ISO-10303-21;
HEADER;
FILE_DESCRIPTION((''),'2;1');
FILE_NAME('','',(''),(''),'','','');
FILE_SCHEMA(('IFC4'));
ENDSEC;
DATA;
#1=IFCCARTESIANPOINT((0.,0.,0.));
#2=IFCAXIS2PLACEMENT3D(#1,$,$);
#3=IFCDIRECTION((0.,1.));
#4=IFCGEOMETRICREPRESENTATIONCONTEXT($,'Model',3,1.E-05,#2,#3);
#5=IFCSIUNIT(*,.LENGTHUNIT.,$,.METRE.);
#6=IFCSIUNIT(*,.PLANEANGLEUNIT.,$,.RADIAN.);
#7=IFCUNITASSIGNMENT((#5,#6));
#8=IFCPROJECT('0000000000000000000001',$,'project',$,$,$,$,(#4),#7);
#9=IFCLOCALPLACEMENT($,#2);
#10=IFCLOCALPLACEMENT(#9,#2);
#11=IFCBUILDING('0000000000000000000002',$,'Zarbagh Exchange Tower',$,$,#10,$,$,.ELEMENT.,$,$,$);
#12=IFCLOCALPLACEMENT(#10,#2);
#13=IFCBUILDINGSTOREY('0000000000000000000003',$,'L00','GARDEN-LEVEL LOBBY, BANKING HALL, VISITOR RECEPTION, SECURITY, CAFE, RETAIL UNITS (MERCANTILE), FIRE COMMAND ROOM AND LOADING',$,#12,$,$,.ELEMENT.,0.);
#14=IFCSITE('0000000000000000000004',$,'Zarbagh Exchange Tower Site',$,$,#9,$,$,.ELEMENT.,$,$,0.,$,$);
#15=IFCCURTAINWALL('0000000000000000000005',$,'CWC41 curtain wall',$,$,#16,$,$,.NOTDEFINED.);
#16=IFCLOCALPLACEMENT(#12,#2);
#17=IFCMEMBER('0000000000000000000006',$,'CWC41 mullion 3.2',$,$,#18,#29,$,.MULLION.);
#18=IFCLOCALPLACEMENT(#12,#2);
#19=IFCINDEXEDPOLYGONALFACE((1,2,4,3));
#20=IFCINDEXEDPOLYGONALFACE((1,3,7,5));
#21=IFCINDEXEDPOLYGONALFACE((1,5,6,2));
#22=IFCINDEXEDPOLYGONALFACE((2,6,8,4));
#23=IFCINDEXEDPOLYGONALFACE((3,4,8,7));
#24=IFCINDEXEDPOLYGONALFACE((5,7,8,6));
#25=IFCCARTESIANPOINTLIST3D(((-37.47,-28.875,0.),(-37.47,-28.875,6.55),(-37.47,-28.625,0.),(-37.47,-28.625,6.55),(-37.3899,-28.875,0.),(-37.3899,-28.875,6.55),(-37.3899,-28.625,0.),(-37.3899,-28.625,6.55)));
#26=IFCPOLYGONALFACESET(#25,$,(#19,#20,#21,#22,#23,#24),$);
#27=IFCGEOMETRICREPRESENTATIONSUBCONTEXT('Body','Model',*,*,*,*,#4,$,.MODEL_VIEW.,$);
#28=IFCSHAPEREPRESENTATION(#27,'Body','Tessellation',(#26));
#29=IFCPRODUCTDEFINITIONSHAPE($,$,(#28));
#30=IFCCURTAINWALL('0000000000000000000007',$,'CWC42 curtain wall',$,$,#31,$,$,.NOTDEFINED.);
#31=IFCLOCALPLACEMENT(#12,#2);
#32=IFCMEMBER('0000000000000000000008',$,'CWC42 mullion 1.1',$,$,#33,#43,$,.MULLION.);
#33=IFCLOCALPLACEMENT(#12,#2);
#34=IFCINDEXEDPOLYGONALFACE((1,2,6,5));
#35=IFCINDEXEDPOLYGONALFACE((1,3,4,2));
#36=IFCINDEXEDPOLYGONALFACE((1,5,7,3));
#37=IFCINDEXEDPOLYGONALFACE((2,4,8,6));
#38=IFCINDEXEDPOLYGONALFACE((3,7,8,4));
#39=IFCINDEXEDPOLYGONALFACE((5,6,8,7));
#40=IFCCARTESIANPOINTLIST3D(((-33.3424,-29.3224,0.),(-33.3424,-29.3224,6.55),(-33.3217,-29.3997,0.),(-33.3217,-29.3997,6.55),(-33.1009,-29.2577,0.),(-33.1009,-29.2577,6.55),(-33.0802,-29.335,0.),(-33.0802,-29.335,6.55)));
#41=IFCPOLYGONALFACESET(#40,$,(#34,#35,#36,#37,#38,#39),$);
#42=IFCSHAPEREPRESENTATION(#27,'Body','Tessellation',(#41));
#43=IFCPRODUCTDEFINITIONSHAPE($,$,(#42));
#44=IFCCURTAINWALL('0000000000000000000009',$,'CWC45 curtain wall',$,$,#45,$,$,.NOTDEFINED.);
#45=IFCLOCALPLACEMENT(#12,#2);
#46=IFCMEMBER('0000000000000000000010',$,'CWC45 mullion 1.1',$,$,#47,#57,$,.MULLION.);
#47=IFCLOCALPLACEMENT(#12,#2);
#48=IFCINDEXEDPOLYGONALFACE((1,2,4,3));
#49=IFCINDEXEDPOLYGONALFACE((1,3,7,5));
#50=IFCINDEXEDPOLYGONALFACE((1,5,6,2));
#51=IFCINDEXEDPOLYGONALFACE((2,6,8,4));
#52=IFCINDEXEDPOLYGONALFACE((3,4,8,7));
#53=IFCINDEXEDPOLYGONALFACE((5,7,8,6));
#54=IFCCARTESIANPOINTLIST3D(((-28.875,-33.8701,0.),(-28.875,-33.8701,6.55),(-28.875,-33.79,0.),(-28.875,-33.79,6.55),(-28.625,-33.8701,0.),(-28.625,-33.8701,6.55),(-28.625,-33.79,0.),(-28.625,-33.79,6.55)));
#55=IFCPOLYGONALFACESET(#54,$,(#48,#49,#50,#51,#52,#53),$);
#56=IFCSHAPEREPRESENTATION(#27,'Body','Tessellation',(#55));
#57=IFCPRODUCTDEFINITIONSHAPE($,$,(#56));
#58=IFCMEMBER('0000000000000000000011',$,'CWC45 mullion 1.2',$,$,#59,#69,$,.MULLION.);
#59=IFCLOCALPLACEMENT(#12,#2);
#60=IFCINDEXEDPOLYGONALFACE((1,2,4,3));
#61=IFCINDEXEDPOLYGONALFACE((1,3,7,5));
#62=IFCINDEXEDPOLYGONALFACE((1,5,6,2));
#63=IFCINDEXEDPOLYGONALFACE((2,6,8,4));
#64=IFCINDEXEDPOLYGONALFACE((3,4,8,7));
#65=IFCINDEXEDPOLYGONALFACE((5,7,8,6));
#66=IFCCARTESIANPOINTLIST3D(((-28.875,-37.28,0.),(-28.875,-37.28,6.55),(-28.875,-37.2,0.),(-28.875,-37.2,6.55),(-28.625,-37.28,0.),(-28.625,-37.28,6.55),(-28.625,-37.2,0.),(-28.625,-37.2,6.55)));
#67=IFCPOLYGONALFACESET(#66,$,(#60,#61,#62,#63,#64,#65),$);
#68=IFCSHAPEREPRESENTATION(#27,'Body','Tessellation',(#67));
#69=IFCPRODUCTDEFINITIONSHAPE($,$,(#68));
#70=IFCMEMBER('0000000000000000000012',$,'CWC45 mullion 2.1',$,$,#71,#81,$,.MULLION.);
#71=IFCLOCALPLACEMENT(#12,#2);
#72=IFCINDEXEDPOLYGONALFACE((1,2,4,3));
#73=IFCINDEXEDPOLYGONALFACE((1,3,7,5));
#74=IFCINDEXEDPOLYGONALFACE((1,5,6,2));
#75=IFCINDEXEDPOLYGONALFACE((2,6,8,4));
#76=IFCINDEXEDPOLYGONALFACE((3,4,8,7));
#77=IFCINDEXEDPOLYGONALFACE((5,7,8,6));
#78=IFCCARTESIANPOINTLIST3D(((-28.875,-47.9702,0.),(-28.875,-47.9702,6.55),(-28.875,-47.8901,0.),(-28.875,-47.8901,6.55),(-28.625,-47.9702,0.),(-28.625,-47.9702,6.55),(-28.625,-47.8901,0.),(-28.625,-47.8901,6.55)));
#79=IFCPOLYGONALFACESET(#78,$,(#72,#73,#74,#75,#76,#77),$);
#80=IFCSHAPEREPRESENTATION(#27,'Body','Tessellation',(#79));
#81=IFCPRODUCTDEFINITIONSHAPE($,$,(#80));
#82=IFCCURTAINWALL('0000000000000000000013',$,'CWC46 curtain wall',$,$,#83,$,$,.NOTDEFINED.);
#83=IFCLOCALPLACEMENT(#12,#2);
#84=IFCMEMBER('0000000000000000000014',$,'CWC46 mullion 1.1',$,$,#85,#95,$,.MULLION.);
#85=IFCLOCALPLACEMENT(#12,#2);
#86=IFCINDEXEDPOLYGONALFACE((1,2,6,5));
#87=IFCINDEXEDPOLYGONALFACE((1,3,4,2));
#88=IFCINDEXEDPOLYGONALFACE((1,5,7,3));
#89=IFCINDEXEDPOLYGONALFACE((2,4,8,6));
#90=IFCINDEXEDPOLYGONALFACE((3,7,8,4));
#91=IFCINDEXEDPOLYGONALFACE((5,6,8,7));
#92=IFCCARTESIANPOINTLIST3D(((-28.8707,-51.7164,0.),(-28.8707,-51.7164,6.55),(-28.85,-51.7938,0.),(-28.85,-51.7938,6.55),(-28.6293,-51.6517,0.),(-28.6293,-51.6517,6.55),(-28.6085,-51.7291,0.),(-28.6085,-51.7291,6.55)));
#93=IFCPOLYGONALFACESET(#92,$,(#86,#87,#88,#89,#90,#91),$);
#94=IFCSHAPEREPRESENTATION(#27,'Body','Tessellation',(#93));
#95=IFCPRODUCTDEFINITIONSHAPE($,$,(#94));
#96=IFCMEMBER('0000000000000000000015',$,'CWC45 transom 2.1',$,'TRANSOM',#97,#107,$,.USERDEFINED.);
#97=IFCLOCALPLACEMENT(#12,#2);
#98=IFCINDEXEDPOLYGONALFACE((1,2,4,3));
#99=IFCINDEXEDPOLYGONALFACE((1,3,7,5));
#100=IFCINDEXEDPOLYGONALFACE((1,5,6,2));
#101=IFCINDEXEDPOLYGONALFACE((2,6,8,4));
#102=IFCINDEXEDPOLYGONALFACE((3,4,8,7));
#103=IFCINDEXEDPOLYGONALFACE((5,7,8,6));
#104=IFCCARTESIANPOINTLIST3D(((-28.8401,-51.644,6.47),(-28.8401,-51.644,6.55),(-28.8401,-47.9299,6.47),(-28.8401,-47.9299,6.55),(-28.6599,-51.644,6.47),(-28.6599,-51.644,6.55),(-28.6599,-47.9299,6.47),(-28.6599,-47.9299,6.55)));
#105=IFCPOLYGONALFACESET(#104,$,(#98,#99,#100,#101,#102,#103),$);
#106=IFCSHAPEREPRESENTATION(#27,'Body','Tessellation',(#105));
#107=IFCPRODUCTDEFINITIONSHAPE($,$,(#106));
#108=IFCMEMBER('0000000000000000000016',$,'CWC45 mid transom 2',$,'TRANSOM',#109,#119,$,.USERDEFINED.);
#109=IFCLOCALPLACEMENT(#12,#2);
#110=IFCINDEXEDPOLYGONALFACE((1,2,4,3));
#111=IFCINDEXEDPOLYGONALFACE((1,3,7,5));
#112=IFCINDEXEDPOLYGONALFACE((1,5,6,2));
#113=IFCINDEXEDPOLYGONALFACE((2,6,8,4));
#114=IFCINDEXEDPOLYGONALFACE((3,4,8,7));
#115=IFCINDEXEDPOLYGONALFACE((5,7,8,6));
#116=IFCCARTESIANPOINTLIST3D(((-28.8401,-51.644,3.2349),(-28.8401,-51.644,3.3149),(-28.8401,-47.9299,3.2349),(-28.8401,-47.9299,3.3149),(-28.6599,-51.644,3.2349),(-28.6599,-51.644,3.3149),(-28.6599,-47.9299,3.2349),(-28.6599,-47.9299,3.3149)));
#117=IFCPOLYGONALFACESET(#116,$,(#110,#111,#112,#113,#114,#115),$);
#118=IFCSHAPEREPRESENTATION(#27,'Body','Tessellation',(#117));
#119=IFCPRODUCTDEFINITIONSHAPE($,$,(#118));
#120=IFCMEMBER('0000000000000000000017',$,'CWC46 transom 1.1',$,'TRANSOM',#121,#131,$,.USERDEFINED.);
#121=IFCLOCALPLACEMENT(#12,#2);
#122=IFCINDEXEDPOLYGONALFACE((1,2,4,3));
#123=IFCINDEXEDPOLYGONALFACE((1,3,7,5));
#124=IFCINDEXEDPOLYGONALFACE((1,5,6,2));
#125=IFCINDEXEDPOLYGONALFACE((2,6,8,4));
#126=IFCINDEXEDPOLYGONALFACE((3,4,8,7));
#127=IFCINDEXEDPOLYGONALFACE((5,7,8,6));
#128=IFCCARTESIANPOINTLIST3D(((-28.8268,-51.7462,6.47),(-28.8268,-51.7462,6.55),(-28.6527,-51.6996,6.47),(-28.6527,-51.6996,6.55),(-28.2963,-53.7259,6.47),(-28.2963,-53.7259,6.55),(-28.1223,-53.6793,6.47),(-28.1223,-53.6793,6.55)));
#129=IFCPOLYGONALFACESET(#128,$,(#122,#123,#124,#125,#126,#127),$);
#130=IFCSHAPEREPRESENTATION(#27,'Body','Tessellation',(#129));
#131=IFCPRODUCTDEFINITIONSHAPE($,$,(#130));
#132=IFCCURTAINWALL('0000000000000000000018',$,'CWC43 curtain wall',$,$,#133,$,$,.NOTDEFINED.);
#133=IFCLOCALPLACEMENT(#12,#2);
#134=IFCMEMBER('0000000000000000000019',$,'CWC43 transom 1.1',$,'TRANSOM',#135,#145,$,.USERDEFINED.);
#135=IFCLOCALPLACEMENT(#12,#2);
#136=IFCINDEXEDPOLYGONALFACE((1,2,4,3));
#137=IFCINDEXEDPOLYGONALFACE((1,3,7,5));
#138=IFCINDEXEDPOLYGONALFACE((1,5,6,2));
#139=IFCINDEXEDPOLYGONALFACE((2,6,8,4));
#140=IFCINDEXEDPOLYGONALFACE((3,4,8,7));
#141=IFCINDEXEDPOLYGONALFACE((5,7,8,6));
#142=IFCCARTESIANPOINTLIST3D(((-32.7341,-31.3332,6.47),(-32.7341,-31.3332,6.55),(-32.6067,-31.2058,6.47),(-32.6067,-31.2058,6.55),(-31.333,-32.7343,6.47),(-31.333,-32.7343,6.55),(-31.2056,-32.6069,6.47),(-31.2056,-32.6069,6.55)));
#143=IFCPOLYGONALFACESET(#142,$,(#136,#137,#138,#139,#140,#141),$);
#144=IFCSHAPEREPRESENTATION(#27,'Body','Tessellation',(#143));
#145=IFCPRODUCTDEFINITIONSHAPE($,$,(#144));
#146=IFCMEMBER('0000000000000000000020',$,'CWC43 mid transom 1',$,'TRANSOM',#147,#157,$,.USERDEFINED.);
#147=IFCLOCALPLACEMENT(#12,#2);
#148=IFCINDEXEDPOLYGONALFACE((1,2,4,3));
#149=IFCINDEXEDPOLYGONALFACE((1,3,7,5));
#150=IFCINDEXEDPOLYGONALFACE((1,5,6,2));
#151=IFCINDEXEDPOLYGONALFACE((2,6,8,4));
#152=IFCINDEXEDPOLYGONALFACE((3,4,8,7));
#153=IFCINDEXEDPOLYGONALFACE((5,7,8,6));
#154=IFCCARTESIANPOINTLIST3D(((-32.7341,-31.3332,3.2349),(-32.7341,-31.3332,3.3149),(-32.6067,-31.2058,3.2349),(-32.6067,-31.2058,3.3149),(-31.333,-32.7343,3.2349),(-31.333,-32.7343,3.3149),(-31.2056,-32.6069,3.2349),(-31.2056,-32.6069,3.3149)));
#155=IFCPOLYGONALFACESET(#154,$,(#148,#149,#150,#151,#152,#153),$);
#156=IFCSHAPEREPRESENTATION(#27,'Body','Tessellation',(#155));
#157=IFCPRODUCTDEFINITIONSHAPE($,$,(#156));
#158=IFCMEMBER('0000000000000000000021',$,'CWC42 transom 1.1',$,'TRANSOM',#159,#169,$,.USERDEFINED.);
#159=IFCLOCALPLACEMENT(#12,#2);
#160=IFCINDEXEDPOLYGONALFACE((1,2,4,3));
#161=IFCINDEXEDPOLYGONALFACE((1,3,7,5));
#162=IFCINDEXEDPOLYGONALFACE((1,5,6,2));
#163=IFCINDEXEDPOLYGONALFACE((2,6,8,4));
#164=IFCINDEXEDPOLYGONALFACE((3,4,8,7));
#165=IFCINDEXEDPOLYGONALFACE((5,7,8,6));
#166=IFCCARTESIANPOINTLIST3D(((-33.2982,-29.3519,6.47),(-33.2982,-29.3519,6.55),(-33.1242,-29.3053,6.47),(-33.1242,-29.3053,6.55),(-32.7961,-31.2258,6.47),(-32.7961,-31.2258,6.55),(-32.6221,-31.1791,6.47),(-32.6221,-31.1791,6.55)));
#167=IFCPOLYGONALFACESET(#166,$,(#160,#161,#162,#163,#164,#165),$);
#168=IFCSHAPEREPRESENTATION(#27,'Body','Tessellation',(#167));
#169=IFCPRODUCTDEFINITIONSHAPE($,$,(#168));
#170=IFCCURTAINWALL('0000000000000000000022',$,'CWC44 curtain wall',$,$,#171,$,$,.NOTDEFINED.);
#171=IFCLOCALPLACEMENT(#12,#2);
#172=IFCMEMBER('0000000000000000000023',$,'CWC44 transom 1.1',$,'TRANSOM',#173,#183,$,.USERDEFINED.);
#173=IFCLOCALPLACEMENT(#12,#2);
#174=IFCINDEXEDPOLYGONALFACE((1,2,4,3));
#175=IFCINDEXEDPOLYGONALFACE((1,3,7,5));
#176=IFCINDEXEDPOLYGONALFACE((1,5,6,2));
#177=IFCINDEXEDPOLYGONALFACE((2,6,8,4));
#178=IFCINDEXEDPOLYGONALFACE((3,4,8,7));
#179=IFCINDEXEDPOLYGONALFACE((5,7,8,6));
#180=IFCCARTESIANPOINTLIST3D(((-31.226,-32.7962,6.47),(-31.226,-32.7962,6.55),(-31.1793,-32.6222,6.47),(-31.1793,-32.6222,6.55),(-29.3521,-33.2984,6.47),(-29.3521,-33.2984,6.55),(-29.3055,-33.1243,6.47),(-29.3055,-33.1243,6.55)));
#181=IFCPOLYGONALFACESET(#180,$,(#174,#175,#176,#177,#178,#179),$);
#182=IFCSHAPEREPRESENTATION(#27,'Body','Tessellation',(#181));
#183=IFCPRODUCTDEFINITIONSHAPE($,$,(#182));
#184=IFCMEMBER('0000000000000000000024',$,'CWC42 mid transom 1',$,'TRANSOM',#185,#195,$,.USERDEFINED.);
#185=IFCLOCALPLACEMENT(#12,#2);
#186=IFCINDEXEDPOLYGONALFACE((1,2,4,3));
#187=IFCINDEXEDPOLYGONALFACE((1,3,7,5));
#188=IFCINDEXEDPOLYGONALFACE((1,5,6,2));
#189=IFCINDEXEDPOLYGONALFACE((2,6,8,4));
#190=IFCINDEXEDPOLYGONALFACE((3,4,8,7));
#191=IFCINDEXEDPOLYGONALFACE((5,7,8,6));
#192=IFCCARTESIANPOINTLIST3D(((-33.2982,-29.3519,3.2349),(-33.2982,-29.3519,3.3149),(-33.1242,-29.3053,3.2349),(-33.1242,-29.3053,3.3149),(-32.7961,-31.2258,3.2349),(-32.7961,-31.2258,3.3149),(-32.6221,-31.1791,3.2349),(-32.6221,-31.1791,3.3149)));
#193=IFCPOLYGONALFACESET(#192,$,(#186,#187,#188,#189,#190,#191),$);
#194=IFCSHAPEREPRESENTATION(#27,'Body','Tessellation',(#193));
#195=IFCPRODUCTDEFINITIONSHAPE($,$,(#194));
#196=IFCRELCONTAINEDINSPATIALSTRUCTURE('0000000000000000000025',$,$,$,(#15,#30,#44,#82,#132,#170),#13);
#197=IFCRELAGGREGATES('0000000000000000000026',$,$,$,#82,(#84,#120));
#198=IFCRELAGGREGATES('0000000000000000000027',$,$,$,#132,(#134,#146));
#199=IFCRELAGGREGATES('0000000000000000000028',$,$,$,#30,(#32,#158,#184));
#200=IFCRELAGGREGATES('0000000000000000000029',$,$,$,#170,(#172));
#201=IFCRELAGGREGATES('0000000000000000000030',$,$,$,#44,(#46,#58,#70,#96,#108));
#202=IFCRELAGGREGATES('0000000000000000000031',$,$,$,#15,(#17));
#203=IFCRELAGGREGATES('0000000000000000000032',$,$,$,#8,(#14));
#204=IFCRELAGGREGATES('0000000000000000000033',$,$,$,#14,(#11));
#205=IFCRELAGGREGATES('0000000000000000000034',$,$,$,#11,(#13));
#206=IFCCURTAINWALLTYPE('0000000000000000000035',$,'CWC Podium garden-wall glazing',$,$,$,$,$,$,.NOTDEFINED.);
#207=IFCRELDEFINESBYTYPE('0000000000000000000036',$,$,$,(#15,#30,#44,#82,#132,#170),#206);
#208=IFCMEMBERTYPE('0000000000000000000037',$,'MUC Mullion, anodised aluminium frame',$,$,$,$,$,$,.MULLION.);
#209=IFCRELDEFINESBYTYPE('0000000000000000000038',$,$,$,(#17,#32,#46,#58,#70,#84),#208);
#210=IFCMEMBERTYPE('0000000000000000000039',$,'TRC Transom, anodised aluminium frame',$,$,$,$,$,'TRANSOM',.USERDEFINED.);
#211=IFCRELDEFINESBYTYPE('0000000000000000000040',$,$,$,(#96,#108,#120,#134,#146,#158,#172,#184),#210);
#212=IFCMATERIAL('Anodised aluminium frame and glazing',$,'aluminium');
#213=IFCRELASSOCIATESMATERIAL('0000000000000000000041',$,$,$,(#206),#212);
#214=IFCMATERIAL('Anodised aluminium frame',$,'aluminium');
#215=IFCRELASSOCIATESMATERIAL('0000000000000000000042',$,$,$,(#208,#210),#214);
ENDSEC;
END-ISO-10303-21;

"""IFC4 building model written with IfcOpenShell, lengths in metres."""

from ifc_helpers import new_model, si_unit, direction, origin, place, context, subcontext, project, spatial, polyline, outline, extrude, source, transform, mapped, material, type_object, element, aggregate, save


model = new_model("IFC4")

# Units and contexts
model_context = context("Model", 3, precision=1e-05, world=origin(), true_north=direction((0.0, 1.0)))
body_context = subcontext(model_context, "Body", "Model", "MODEL_VIEW")
ifc_project = project(units=[si_unit("LENGTHUNIT", "METRE"), si_unit("PLANEANGLEUNIT", "RADIAN")], contexts=[model_context])

# Site, building, storey
site_placement = place(None, origin())
site = spatial("IfcSite", under=ifc_project, at=site_placement, Name="Zarbagh Exchange Tower Site", CompositionType="ELEMENT", RefElevation=0.0)
building_placement = place(site_placement, origin())
building = spatial("IfcBuilding", under=site, at=building_placement, Name="Zarbagh Exchange Tower", CompositionType="ELEMENT")
storey_placement = place(building_placement, origin())
storey = spatial("IfcBuildingStorey", under=building, at=storey_placement, Name="L00", Description="GARDEN-LEVEL LOBBY, BANKING HALL, VISITOR RECEPTION, SECURITY, CAFE, RETAIL UNITS (MERCANTILE), FIRE COMMAND ROOM AND LOADING", CompositionType="ELEMENT", Elevation=0.0)

# Curtain walls, members
ifc_material_1 = material(Name="Anodised aluminium frame and glazing", Category="aluminium")
curtain_wall_type = type_object("IfcCurtainWallType", Name="CWC Podium garden-wall glazing", PredefinedType="NOTDEFINED", material=ifc_material_1)
curtain_wall_1_placement = place(storey_placement, origin())
curtain_wall_1 = element("IfcCurtainWall", 1, at=curtain_wall_1_placement, inside=storey, type_object=curtain_wall_type, Name="CWC41 curtain wall", PredefinedType="NOTDEFINED")
ifc_material_2 = material(Name="Anodised aluminium frame", Category="aluminium")
member_type_1 = type_object("IfcMemberType", Name="MUC Mullion, anodised aluminium frame", PredefinedType="MULLION", material=ifc_material_2)
shared_shape_1 = source(origin(), body_context, "Body", "SweptSolid", [
    extrude(outline(polyline([(0.0, -0.125), (0.0801, -0.125), (0.0801, 0.125), (0.0, 0.125), (0.0, -0.125)])), origin(), (0.0, 0.0, 1.0), 6.55),
])
placement = place(storey_placement, origin())
member_1 = element("IfcMember", 2, at=placement, type_object=member_type_1, Name="CWC41 mullion 3.2", PredefinedType="MULLION", context=body_context, shape_type="MappedRepresentation", body=[
    mapped(shared_shape_1, transform((-37.47, -28.75, 0.0), x_axis=(1.0, 0.0, 0.0), y_axis=(0.0, 1.0, 0.0), z_axis=(0.0, 0.0, 1.0))),
])
curtain_wall_2_placement = place(storey_placement, origin())
curtain_wall_2 = element("IfcCurtainWall", 3, at=curtain_wall_2_placement, inside=storey, type_object=curtain_wall_type, Name="CWC42 curtain wall", PredefinedType="NOTDEFINED")
member_2 = element("IfcMember", 4, at=placement, type_object=member_type_1, Name="CWC42 mullion 1.1", PredefinedType="MULLION", context=body_context, shape_type="MappedRepresentation", body=[
    mapped(shared_shape_1, transform((-33.2217, -29.29, 0.0), x_axis=(0.258825, -0.965924, 0.0), y_axis=(0.965924, 0.258825, 0.0), z_axis=(0.0, 0.0, 1.0))),
])

# Curtain wall, members
curtain_wall_3_placement = place(storey_placement, origin())
curtain_wall_3 = element("IfcCurtainWall", 5, at=curtain_wall_3_placement, inside=storey, type_object=curtain_wall_type, Name="CWC45 curtain wall", PredefinedType="NOTDEFINED")
member_3 = element("IfcMember", 6, at=placement, type_object=member_type_1, Name="CWC45 mullion 1.1", PredefinedType="MULLION", context=body_context, shape_type="MappedRepresentation", body=[
    mapped(shared_shape_1, transform((-28.75, -33.79, 0.0), x_axis=(0.0, -1.0, 0.0), y_axis=(1.0, 0.0, 0.0), z_axis=(0.0, 0.0, 1.0))),
])
member_4 = element("IfcMember", 7, at=placement, type_object=member_type_1, Name="CWC45 mullion 1.2", PredefinedType="MULLION", context=body_context, shape_type="MappedRepresentation", body=[
    mapped(shared_shape_1, transform((-28.75, -37.2, 0.0), x_axis=(0.0, -1.0, 0.0), y_axis=(1.0, 0.0, 0.0), z_axis=(0.0, 0.0, 1.0))),
])
member_5 = element("IfcMember", 8, at=placement, type_object=member_type_1, Name="CWC45 mullion 2.1", PredefinedType="MULLION", context=body_context, shape_type="MappedRepresentation", body=[
    mapped(shared_shape_1, transform((-28.75, -47.8901, 0.0), x_axis=(0.0, -1.0, 0.0), y_axis=(1.0, 0.0, 0.0), z_axis=(0.0, 0.0, 1.0))),
])

# Curtain wall, member
curtain_wall_4_placement = place(storey_placement, origin())
curtain_wall_4 = element("IfcCurtainWall", 9, at=curtain_wall_4_placement, inside=storey, type_object=curtain_wall_type, Name="CWC46 curtain wall", PredefinedType="NOTDEFINED")
member_6 = element("IfcMember", 10, at=placement, type_object=member_type_1, Name="CWC46 mullion 1.1", PredefinedType="MULLION", context=body_context, shape_type="MappedRepresentation", body=[
    mapped(shared_shape_1, transform((-28.75, -51.6841, 0.0), x_axis=(0.258825, -0.965924, 0.0), y_axis=(0.965924, 0.258825, 0.0), z_axis=(0.0, 0.0, 1.0))),
])

# Members
member_type_2 = type_object("IfcMemberType", Name="TRC Transom, anodised aluminium frame", ElementType="TRANSOM", PredefinedType="USERDEFINED", material=ifc_material_2)
shared_shape_2 = source(origin(), body_context, "Body", "SweptSolid", [
    extrude(outline(polyline([(-0.0801, -0.0901), (0.0, -0.0901), (0.0, 0.0901), (-0.0801, 0.0901), (-0.0801, -0.0901)])), origin(), (0.0, 0.0, 1.0), 3.7141),
])
member_7 = element("IfcMember", 11, at=placement, type_object=member_type_2, Name="CWC45 transom 2.1", ObjectType="TRANSOM", PredefinedType="USERDEFINED", context=body_context, shape_type="MappedRepresentation", body=[
    mapped(shared_shape_2, transform((-28.75, -47.9299, 6.55), x_axis=(0.0, 0.0, 1.0), y_axis=(-1.0, 0.0, 0.0), z_axis=(0.0, -1.0, 0.0))),
])
shared_shape_3 = source(origin(), body_context, "Body", "SweptSolid", [
    extrude(outline(polyline([(-0.04, -0.0901), (0.04, -0.0901), (0.04, 0.0901), (-0.04, 0.0901), (-0.04, -0.0901)])), origin(), (0.0, 0.0, 1.0), 3.7141),
])
member_8 = element("IfcMember", 12, at=placement, type_object=member_type_2, Name="CWC45 mid transom 2", ObjectType="TRANSOM", PredefinedType="USERDEFINED", context=body_context, shape_type="MappedRepresentation", body=[
    mapped(shared_shape_3, transform((-28.75, -47.9299, 3.2749), x_axis=(0.0, 0.0, 1.0), y_axis=(-1.0, 0.0, 0.0), z_axis=(0.0, -1.0, 0.0))),
])
shared_shape_4 = source(origin(), body_context, "Body", "SweptSolid", [
    extrude(outline(polyline([(-0.0801, -0.0901), (0.0, -0.0901), (0.0, 0.0901), (-0.0801, 0.0901), (-0.0801, -0.0901)])), origin(), (0.0, 0.0, 1.0), 2.0496),
])
member_9 = element("IfcMember", 13, at=placement, type_object=member_type_2, Name="CWC46 transom 1.1", ObjectType="TRANSOM", PredefinedType="USERDEFINED", context=body_context, shape_type="MappedRepresentation", body=[
    mapped(shared_shape_4, transform((-28.7397, -51.7229, 6.55), x_axis=(0.0, 0.0, 1.0), y_axis=(-0.965924, -0.258825, 0.0), z_axis=(0.258825, -0.965924, 0.0))),
])
aggregate(curtain_wall_4, [member_6, member_9])

# Curtain wall, members
curtain_wall_5_placement = place(storey_placement, origin())
curtain_wall_5 = element("IfcCurtainWall", 14, at=curtain_wall_5_placement, inside=storey, type_object=curtain_wall_type, Name="CWC43 curtain wall", PredefinedType="NOTDEFINED")
shared_shape_5 = source(origin(), body_context, "Body", "SweptSolid", [
    extrude(outline(polyline([(-0.0801, -0.0901), (0.0, -0.0901), (0.0, 0.0901), (-0.0801, 0.0901), (-0.0801, -0.0901)])), origin(), (0.0, 0.0, 1.0), 1.9814),
])
member_10 = element("IfcMember", 15, at=placement, type_object=member_type_2, Name="CWC43 transom 1.1", ObjectType="TRANSOM", PredefinedType="USERDEFINED", context=body_context, shape_type="MappedRepresentation", body=[
    mapped(shared_shape_5, transform((-32.6704, -31.2695, 6.55), x_axis=(0.0, 0.0, 1.0), y_axis=(-0.707107, -0.707107, 0.0), z_axis=(0.707107, -0.707107, 0.0))),
])
shared_shape_6 = source(origin(), body_context, "Body", "SweptSolid", [
    extrude(outline(polyline([(-0.04, -0.0901), (0.04, -0.0901), (0.04, 0.0901), (-0.04, 0.0901), (-0.04, -0.0901)])), origin(), (0.0, 0.0, 1.0), 1.9814),
])
member_11 = element("IfcMember", 16, at=placement, type_object=member_type_2, Name="CWC43 mid transom 1", ObjectType="TRANSOM", PredefinedType="USERDEFINED", context=body_context, shape_type="MappedRepresentation", body=[
    mapped(shared_shape_6, transform((-32.6704, -31.2695, 3.2749), x_axis=(0.0, 0.0, 1.0), y_axis=(-0.707107, -0.707107, 0.0), z_axis=(0.707107, -0.707107, 0.0))),
])

# Member
shared_shape_7 = source(origin(), body_context, "Body", "SweptSolid", [
    extrude(outline(polyline([(-0.0801, -0.0901), (0.0, -0.0901), (0.0, 0.0901), (-0.0801, 0.0901), (-0.0801, -0.0901)])), origin(), (0.0, 0.0, 1.0), 1.9399),
])
member_12 = element("IfcMember", 17, at=placement, type_object=member_type_2, Name="CWC42 transom 1.1", ObjectType="TRANSOM", PredefinedType="USERDEFINED", context=body_context, shape_type="MappedRepresentation", body=[
    mapped(shared_shape_7, transform((-33.2112, -29.3286, 6.55), x_axis=(0.0, 0.0, 1.0), y_axis=(-0.965924, -0.258825, 0.0), z_axis=(0.258825, -0.965924, 0.0))),
])

# Curtain wall, member
curtain_wall_6_placement = place(storey_placement, origin())
curtain_wall_6 = element("IfcCurtainWall", 18, at=curtain_wall_6_placement, inside=storey, type_object=curtain_wall_type, Name="CWC44 curtain wall", PredefinedType="NOTDEFINED")
member_13 = element("IfcMember", 19, at=placement, type_object=member_type_2, Name="CWC44 transom 1.1", ObjectType="TRANSOM", PredefinedType="USERDEFINED", context=body_context, shape_type="MappedRepresentation", body=[
    mapped(shared_shape_7, transform((-31.2026, -32.7092, 6.55), x_axis=(0.0, 0.0, 1.0), y_axis=(-0.258825, -0.965924, 0.0), z_axis=(0.965924, -0.258825, 0.0))),
])

# Member
shared_shape_8 = source(origin(), body_context, "Body", "SweptSolid", [
    extrude(outline(polyline([(-0.04, -0.0901), (0.04, -0.0901), (0.04, 0.0901), (-0.04, 0.0901), (-0.04, -0.0901)])), origin(), (0.0, 0.0, 1.0), 1.9399),
])
member_14 = element("IfcMember", 20, at=placement, type_object=member_type_2, Name="CWC42 mid transom 1", ObjectType="TRANSOM", PredefinedType="USERDEFINED", context=body_context, shape_type="MappedRepresentation", body=[
    mapped(shared_shape_8, transform((-33.2112, -29.3286, 3.2749), x_axis=(0.0, 0.0, 1.0), y_axis=(-0.965924, -0.258825, 0.0), z_axis=(0.258825, -0.965924, 0.0))),
])

aggregate(curtain_wall_5, [member_10, member_11])
aggregate(curtain_wall_2, [member_2, member_12, member_14])
aggregate(curtain_wall_6, [member_13])
aggregate(curtain_wall_3, [member_3, member_4, member_5, member_7, member_8])
aggregate(curtain_wall_1, [member_1])

save(model, "model.ifc")
